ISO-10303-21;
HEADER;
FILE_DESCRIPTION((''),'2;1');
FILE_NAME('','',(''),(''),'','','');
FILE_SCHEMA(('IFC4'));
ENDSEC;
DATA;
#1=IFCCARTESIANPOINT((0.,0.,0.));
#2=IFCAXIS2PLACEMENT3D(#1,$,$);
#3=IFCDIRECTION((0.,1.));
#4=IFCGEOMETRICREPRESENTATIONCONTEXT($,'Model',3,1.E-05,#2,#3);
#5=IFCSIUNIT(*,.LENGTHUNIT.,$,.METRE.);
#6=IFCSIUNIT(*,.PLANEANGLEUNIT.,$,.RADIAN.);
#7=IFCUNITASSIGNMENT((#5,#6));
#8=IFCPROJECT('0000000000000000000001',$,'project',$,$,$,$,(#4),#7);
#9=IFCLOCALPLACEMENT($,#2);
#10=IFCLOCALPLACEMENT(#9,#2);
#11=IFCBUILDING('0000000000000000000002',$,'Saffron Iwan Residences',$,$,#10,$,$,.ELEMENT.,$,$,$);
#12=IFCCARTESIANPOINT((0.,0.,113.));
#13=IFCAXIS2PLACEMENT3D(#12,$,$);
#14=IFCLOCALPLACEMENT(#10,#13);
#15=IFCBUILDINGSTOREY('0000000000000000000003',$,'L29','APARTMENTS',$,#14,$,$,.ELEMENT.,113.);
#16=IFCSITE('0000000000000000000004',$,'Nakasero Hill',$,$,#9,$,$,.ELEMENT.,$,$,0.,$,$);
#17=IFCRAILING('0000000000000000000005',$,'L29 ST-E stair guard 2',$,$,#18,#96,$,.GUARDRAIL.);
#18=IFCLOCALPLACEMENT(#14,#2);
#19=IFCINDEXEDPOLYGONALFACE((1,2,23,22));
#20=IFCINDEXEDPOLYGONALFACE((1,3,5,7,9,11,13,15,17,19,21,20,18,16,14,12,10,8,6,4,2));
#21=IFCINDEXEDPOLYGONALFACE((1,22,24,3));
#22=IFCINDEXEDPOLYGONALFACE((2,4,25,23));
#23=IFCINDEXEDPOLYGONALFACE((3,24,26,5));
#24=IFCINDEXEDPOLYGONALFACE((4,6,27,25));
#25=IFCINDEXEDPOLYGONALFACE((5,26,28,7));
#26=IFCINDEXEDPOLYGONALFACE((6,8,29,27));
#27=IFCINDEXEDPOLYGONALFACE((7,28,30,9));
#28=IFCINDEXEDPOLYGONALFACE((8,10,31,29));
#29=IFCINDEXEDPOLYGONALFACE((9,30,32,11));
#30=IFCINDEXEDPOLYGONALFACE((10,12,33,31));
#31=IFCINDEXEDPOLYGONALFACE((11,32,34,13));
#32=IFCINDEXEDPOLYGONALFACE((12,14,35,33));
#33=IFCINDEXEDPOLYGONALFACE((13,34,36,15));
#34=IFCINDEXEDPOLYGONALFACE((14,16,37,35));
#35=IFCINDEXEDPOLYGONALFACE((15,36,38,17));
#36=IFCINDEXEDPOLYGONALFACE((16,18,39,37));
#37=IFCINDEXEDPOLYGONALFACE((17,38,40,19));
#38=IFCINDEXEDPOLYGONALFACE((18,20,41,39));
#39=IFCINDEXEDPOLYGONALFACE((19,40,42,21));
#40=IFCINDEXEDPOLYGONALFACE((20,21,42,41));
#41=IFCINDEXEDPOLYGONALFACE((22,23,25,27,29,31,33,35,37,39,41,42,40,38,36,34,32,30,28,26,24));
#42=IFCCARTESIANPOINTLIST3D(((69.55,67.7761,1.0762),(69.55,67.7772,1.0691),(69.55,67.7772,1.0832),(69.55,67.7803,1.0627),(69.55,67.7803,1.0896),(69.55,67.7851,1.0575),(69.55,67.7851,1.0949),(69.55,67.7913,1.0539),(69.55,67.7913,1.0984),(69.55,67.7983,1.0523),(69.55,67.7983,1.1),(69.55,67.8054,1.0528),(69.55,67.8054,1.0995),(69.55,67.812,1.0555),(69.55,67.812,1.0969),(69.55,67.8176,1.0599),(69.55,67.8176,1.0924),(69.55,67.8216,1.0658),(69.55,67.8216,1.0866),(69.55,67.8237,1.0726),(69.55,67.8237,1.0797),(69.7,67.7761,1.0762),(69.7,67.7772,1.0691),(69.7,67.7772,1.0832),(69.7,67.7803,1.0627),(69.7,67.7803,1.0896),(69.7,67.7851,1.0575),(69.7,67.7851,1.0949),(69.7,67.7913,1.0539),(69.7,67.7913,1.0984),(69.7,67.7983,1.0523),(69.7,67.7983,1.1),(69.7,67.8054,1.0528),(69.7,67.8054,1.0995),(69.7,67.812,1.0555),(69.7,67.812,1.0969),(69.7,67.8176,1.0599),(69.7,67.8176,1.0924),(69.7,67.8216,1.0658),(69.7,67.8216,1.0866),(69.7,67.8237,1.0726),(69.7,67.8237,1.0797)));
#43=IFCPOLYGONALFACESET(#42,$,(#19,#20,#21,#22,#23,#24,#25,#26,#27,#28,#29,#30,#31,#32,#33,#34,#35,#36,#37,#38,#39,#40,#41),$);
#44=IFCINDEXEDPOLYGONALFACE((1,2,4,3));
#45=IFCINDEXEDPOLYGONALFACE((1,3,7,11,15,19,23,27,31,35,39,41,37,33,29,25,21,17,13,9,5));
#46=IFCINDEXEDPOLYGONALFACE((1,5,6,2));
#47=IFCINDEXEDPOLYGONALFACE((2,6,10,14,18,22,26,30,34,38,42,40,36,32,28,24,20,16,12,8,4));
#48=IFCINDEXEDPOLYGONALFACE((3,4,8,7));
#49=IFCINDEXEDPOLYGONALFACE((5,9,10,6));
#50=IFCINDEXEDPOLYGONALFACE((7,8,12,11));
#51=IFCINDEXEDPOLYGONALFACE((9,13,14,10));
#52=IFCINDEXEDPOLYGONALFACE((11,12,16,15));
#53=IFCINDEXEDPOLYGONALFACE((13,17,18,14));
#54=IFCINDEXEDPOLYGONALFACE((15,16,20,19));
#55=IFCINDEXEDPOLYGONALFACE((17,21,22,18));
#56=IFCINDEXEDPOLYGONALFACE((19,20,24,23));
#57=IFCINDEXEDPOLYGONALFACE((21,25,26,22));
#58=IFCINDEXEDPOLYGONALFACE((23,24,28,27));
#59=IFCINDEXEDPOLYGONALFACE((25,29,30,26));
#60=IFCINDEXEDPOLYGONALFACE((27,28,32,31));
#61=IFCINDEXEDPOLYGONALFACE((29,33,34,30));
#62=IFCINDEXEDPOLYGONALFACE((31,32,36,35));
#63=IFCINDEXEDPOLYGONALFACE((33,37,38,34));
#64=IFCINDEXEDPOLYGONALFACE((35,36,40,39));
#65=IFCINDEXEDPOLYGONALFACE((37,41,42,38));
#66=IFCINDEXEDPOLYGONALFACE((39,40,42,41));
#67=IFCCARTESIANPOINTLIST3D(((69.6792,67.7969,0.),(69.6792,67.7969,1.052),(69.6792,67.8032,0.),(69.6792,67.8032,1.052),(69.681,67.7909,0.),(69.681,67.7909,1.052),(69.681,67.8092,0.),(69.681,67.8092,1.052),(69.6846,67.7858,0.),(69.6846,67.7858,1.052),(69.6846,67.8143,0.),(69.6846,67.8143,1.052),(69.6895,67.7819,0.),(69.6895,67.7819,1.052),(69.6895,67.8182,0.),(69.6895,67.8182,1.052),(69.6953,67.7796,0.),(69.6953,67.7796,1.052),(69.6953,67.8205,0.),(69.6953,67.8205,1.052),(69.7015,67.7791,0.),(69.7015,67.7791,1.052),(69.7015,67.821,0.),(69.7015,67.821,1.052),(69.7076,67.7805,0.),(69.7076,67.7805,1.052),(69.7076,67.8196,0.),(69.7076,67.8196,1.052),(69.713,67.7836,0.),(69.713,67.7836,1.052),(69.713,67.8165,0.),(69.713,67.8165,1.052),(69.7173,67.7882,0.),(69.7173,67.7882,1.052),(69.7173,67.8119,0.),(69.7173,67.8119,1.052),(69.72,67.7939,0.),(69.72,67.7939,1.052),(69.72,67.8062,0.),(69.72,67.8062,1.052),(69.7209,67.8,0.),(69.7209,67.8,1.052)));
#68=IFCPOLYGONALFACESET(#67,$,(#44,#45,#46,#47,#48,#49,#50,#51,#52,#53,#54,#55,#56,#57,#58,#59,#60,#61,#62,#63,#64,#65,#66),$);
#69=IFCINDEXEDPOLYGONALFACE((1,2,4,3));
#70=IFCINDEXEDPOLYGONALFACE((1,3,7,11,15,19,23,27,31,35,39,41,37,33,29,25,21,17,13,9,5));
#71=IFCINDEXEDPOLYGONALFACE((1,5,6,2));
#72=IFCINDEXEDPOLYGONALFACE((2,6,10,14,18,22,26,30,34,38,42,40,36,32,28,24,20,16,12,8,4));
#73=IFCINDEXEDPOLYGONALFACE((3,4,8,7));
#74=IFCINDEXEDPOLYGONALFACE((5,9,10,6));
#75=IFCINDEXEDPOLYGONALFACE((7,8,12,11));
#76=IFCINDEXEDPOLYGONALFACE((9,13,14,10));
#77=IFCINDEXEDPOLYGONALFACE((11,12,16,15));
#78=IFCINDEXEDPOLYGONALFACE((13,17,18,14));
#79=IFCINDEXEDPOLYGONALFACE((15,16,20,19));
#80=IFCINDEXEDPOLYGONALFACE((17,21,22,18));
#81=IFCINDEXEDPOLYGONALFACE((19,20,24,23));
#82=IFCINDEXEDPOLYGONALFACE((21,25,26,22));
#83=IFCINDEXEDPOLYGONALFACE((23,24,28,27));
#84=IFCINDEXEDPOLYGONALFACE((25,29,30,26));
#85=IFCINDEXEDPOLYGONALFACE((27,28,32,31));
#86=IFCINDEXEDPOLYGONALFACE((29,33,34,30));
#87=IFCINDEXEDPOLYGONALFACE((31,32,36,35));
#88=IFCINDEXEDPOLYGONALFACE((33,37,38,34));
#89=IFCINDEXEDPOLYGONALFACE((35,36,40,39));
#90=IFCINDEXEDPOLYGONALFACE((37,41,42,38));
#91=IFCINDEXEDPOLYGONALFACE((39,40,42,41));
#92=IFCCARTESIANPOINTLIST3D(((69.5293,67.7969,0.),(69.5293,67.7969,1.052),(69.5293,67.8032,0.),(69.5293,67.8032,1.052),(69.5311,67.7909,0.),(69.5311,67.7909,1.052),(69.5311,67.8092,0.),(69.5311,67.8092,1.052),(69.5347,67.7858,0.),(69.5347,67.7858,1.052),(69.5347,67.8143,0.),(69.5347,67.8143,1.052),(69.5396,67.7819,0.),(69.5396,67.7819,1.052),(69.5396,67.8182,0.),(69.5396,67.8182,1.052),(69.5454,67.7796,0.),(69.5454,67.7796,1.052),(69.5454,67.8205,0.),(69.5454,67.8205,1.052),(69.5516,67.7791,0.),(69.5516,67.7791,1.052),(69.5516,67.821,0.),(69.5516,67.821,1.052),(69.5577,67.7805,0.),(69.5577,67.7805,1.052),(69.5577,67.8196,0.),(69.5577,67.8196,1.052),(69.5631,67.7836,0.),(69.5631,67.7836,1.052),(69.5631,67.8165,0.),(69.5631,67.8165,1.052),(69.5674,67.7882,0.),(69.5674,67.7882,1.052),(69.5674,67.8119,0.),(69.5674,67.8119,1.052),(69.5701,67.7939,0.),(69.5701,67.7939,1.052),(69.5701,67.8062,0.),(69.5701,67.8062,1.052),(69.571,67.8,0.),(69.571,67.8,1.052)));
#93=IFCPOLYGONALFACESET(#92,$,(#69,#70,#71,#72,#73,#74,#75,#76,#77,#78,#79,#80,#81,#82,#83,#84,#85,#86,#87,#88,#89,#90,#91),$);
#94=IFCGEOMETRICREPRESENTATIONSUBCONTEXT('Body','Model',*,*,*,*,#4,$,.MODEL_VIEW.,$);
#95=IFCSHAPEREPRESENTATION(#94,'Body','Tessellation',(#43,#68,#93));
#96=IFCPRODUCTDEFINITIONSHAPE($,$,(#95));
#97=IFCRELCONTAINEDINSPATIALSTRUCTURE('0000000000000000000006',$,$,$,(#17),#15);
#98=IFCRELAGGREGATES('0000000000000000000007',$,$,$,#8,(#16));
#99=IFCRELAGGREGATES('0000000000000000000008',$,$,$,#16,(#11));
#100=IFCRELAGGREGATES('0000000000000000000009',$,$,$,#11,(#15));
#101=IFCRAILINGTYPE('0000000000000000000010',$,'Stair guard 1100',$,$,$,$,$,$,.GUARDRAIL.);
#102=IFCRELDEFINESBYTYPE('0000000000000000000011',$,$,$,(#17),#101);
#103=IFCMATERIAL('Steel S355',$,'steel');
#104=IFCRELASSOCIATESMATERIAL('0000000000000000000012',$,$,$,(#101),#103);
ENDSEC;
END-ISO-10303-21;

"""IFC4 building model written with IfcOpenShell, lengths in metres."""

from ifc_helpers import new_model, si_unit, direction, frame, origin, origin_2d, place, context, subcontext, project, spatial, circle, extrude, material, type_object, element, save


model = new_model("IFC4")

# Units and contexts
model_context = context("Model", 3, precision=1e-05, world=origin(), true_north=direction((0.0, 1.0)))
body_context = subcontext(model_context, "Body", "Model", "MODEL_VIEW")
ifc_project = project(units=[si_unit("LENGTHUNIT", "METRE"), si_unit("PLANEANGLEUNIT", "RADIAN")], contexts=[model_context])

# Site, building, storey
site_placement = place(None, origin())
site = spatial("IfcSite", under=ifc_project, at=site_placement, Name="Nakasero Hill", CompositionType="ELEMENT", RefElevation=0.0)
building_placement = place(site_placement, origin())
building = spatial("IfcBuilding", under=site, at=building_placement, Name="Saffron Iwan Residences", CompositionType="ELEMENT")
storey_placement = place(building_placement, frame((0.0, 0.0, 113.0)))
storey = spatial("IfcBuildingStorey", under=building, at=storey_placement, Name="L29", Description="APARTMENTS", CompositionType="ELEMENT", Elevation=113.0)

# Railing
ifc_material_1 = material(Name="Steel S355", Category="steel")
railing_type_1 = type_object("IfcRailingType", Name="Stair guard 1100", PredefinedType="GUARDRAIL", material=ifc_material_1)
railing_1_placement = place(storey_placement, frame((69.7, 67.8, 0.0)))
element("IfcRailing", 1, at=railing_1_placement, inside=storey, type_object=railing_type_1, Name="L29 ST-E stair guard 2", PredefinedType="GUARDRAIL", context=body_context, shape_type="SweptSolid", body=[
    extrude(circle(Radius=0.0239, at=origin_2d()), frame((0.0, 0.0, 1.0762), z_axis=(-1.0, 0.0, 0.0), x_axis=(0.0, -1.0, 0.0)), (0.0, 0.0, 1.0), 0.1499),
    extrude(circle(Radius=0.021, at=origin_2d()), origin(), (0.0, 0.0, 1.0), 1.052),
    extrude(circle(Radius=0.021, at=origin_2d()), frame((-0.1499, 0.0, 0.0)), (0.0, 0.0, 1.0), 1.052),
])

save(model, "model.ifc")
